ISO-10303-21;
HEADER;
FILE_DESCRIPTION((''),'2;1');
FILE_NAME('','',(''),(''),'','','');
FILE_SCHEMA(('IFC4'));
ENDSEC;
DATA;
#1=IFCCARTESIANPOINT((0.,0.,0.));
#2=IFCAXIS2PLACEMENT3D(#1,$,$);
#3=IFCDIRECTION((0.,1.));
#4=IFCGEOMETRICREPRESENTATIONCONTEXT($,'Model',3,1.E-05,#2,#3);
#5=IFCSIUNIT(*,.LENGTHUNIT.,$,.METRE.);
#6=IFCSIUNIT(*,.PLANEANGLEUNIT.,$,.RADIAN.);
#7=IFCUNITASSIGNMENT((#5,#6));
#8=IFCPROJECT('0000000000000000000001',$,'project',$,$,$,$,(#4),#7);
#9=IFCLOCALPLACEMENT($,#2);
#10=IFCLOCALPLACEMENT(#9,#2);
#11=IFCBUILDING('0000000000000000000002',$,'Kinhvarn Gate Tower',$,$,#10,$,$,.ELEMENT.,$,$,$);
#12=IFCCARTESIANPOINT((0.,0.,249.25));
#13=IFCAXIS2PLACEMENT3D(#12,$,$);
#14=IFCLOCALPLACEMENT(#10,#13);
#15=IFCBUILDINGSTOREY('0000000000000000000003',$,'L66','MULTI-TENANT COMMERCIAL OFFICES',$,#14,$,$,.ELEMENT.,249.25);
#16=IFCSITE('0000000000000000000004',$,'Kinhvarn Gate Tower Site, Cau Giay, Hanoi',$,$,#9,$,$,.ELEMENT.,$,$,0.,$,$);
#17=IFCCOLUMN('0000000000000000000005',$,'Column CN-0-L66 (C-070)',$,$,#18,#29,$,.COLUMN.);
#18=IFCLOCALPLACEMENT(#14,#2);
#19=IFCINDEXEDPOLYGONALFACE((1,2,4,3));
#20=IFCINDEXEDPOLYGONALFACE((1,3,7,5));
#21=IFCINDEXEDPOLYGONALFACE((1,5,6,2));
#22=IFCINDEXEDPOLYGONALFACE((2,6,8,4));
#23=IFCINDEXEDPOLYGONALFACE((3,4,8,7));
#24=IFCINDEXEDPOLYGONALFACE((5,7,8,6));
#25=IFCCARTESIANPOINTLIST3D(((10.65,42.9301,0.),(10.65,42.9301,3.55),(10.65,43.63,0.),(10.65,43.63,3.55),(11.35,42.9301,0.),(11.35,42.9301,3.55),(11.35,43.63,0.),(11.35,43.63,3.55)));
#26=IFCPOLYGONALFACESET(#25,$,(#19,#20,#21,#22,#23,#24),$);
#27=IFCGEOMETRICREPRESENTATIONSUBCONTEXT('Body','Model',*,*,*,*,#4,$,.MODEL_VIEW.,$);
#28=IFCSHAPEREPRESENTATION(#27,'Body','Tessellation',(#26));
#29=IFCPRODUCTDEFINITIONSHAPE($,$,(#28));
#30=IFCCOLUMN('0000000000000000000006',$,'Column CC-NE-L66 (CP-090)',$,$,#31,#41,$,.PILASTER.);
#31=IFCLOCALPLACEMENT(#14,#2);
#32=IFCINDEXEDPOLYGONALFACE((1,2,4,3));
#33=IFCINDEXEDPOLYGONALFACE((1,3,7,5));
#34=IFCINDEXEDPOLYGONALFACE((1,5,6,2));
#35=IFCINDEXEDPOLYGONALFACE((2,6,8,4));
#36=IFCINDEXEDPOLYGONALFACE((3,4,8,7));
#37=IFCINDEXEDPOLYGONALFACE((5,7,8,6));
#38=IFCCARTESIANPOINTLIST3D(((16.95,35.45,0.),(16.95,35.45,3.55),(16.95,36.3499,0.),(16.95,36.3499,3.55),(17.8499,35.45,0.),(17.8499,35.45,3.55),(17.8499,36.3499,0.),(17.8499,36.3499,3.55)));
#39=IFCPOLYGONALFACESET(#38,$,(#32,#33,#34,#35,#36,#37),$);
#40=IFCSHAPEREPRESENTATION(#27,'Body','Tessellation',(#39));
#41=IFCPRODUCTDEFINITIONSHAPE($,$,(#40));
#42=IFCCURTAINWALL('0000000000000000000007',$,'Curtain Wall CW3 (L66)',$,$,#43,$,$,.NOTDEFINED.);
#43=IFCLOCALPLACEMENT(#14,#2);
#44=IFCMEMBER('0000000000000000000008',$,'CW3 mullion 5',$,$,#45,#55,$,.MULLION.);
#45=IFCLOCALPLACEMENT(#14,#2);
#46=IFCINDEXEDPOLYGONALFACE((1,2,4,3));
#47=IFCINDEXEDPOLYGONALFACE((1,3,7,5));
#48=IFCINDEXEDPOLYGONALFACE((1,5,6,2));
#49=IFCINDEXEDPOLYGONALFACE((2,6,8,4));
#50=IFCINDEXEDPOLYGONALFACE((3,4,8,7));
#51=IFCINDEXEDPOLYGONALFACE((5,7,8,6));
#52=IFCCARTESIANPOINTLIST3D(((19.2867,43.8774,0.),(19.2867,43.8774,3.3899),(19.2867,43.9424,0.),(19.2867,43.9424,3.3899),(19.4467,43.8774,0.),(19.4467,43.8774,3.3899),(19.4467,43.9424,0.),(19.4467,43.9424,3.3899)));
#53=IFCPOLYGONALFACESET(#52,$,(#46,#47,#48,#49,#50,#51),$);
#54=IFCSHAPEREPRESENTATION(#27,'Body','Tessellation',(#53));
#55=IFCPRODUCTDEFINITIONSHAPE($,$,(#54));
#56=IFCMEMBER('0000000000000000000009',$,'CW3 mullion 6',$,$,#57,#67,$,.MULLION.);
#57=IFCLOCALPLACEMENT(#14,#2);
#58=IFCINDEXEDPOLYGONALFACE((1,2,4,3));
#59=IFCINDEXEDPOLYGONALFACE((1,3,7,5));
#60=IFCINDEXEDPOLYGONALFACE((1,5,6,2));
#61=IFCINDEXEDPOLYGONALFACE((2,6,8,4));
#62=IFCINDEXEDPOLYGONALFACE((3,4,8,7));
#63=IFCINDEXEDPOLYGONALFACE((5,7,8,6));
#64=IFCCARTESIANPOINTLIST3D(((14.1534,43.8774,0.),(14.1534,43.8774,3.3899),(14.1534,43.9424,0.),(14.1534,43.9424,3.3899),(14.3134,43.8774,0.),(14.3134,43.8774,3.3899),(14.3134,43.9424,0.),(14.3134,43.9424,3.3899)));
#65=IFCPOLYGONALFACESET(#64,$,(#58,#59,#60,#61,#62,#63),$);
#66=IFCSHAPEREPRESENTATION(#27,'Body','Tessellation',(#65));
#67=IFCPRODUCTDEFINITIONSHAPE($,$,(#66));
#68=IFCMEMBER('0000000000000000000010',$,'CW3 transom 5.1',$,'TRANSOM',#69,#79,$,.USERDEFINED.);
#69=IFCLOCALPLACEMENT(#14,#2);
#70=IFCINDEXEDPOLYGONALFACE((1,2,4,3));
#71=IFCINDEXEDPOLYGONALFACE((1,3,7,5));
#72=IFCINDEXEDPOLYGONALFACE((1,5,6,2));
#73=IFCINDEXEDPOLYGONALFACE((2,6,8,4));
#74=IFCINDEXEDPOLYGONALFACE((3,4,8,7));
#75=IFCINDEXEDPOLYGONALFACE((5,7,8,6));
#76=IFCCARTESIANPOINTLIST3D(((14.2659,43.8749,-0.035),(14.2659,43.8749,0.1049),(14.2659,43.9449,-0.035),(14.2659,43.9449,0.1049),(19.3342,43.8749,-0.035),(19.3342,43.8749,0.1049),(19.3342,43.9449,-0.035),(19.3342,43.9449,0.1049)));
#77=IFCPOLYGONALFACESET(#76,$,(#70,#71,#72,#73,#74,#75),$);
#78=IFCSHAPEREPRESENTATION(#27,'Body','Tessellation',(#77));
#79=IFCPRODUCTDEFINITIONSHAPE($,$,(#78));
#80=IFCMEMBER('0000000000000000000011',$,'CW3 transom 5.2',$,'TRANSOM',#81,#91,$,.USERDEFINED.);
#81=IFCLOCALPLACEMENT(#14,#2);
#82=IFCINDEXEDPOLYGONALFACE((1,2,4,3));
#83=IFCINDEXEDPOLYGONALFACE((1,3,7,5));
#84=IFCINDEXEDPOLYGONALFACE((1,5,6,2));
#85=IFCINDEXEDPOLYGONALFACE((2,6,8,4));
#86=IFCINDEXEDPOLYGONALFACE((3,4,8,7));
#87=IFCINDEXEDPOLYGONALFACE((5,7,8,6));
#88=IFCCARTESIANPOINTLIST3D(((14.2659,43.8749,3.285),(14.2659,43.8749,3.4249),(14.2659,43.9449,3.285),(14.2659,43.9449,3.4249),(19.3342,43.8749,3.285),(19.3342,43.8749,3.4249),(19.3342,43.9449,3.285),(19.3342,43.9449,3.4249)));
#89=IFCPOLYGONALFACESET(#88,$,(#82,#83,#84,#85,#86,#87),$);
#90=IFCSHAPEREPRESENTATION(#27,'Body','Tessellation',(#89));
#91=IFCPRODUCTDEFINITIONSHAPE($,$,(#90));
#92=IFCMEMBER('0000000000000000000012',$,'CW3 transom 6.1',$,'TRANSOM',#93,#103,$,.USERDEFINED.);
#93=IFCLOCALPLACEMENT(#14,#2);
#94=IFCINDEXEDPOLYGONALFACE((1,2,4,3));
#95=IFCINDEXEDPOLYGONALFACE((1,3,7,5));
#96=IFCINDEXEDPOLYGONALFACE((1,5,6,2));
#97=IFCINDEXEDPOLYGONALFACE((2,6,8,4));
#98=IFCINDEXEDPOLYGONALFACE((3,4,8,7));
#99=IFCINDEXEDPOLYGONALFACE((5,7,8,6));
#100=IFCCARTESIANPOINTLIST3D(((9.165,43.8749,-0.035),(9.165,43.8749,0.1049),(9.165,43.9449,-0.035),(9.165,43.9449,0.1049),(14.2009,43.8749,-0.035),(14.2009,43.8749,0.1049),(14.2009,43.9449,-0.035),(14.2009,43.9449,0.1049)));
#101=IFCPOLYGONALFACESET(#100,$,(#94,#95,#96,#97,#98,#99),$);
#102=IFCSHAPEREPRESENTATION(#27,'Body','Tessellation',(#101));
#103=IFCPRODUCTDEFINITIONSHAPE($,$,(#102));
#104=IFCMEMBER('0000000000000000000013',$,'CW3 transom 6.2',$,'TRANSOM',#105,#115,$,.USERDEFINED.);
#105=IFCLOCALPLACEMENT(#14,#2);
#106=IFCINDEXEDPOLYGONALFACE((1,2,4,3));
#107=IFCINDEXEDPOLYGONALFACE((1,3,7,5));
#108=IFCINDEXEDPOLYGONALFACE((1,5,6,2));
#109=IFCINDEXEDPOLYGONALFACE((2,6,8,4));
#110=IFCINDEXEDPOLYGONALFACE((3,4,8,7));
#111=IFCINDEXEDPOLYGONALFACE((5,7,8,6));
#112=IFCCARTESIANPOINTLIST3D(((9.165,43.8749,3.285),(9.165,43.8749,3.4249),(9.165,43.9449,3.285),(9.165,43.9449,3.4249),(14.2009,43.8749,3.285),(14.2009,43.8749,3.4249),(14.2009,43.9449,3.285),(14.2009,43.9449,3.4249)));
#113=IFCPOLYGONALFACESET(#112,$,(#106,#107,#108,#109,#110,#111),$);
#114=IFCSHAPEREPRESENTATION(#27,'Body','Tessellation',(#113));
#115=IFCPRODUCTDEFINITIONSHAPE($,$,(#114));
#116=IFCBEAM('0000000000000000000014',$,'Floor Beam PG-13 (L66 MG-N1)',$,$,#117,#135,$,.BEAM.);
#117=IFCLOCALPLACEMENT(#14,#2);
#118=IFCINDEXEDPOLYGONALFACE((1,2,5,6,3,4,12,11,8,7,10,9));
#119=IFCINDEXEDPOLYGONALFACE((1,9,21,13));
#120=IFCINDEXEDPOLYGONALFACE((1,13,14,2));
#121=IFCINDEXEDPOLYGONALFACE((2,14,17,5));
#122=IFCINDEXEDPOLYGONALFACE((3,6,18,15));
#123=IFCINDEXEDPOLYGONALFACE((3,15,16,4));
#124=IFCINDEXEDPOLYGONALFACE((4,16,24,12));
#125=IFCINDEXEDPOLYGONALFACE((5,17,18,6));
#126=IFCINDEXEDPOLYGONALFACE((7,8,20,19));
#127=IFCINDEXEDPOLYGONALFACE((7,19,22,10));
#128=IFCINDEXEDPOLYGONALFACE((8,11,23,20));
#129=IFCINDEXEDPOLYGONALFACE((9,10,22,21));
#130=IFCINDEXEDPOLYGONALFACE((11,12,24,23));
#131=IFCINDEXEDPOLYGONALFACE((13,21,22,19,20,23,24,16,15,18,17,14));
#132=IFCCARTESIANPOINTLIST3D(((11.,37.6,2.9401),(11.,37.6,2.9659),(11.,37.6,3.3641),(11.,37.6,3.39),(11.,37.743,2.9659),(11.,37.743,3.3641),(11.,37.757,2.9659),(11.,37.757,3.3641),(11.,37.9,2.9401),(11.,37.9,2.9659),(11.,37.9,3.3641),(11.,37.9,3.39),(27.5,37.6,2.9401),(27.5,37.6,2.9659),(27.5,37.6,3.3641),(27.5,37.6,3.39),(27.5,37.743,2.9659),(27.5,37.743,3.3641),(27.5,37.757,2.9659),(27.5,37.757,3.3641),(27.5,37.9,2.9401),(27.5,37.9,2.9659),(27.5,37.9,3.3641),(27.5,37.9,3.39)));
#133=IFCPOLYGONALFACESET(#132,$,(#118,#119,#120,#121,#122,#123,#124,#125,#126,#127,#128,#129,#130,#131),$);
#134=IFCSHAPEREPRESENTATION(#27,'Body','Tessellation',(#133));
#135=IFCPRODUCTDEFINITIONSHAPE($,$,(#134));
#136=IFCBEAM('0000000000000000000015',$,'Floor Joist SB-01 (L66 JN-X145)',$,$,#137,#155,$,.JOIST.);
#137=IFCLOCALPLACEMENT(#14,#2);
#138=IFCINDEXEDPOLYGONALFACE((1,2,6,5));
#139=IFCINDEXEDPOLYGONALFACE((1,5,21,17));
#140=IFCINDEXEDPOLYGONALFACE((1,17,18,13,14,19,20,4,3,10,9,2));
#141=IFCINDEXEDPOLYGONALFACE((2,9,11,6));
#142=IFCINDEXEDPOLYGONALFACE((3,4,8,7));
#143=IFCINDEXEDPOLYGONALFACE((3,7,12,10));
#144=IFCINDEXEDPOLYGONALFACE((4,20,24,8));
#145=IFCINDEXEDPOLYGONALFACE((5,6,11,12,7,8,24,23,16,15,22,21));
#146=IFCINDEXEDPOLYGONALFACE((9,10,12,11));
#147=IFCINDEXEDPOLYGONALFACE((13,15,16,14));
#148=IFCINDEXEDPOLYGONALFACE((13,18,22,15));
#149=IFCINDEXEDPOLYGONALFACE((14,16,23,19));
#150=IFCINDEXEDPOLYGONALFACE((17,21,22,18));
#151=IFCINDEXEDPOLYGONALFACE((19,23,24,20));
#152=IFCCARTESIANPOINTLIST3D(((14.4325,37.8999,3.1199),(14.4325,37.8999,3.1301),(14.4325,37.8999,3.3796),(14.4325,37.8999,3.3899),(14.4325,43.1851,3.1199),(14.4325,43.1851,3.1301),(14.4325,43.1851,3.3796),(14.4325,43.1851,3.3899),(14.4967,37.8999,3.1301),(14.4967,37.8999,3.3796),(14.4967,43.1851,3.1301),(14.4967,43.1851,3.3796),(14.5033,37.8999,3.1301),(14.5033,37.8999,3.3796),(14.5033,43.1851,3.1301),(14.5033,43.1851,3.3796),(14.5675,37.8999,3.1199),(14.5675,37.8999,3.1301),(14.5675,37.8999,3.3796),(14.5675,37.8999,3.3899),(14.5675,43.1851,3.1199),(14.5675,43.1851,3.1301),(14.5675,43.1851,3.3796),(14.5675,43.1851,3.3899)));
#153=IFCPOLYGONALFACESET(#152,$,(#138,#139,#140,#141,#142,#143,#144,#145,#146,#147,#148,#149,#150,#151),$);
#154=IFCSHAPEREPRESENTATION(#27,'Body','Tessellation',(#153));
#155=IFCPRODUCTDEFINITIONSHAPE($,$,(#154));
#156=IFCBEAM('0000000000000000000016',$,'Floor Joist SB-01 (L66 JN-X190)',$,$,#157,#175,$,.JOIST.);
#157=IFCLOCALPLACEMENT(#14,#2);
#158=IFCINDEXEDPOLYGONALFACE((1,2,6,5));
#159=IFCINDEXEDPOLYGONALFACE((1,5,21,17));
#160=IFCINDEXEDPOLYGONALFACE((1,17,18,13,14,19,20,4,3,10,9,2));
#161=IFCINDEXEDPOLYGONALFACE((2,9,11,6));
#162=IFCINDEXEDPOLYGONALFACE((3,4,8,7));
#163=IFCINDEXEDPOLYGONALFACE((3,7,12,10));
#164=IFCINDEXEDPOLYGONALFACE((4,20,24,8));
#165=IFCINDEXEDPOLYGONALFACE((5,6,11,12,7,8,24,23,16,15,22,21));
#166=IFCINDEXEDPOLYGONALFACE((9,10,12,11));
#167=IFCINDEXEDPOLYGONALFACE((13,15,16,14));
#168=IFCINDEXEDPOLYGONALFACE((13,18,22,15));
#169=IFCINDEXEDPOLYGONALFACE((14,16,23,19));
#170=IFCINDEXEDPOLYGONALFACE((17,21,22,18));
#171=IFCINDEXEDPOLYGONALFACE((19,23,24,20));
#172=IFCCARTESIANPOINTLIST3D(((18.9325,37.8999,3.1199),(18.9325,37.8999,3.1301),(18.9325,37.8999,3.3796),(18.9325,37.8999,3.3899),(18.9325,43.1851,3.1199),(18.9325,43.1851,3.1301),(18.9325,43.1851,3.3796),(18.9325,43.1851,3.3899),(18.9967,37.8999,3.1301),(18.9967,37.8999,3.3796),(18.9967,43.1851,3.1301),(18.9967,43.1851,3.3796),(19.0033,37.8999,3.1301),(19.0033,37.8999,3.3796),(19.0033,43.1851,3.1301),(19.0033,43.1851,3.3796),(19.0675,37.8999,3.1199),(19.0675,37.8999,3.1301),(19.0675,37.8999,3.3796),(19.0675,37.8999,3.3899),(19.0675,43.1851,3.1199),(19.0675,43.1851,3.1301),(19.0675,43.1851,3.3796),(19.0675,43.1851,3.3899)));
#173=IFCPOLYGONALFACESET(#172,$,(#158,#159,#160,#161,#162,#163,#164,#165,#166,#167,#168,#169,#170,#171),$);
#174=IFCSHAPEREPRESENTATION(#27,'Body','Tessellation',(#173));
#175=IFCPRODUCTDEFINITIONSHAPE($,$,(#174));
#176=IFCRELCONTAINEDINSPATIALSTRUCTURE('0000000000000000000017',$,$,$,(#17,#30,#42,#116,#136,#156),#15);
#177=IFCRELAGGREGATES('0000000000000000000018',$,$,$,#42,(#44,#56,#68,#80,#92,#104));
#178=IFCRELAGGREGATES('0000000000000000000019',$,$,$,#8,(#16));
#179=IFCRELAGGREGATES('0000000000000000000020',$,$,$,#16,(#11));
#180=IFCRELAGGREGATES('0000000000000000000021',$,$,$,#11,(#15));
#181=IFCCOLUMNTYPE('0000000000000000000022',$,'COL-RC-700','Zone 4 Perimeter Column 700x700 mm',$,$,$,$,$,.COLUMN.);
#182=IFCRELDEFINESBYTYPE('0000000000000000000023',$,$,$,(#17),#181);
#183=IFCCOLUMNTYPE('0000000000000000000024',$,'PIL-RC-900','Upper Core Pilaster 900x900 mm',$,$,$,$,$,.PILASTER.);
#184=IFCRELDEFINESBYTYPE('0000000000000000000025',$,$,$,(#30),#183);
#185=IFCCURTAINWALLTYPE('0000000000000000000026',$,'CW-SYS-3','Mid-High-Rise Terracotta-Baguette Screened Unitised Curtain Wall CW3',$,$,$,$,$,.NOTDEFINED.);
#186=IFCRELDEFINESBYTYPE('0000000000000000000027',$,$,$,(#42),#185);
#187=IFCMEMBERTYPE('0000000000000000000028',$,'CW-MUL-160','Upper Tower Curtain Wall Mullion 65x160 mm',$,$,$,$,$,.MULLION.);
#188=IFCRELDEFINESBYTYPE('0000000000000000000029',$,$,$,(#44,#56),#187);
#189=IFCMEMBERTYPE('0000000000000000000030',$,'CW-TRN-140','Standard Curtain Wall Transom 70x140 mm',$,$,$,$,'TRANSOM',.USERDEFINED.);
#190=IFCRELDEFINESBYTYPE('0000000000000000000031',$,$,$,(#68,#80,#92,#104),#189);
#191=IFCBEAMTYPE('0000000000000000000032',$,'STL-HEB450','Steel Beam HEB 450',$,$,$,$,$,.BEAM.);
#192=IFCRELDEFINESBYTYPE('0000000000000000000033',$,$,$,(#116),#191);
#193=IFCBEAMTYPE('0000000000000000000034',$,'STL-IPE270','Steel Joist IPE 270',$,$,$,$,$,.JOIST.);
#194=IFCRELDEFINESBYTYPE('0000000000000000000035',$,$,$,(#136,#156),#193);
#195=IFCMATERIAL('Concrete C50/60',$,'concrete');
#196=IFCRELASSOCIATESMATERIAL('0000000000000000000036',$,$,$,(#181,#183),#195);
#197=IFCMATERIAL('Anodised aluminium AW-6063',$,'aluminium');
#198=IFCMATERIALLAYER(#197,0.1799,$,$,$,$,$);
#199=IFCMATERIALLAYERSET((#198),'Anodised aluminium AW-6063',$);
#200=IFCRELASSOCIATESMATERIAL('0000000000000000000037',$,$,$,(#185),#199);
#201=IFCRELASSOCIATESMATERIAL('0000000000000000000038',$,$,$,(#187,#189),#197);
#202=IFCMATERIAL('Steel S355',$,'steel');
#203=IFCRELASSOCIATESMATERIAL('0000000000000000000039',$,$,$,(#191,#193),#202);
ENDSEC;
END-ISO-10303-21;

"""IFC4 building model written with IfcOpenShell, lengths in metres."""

from ifc_helpers import new_model, si_unit, direction, frame, origin, origin_2d, place, context, subcontext, project, spatial, rectangle, i_section, extrude, material, layer, layer_set, material_profile, profile_set, type_object, element, aggregate, save


model = new_model("IFC4")

# Units and contexts
model_context = context("Model", 3, precision=1e-05, world=origin(), true_north=direction((0.0, 1.0)))
body_context = subcontext(model_context, "Body", "Model", "MODEL_VIEW")
ifc_project = project(units=[si_unit("LENGTHUNIT", "METRE"), si_unit("PLANEANGLEUNIT", "RADIAN")], contexts=[model_context])

# Site, building, storey
site_placement = place(None, origin())
site = spatial("IfcSite", under=ifc_project, at=site_placement, Name="Kinhvarn Gate Tower Site, Cau Giay, Hanoi", CompositionType="ELEMENT", RefElevation=0.0)
building_placement = place(site_placement, origin())
building = spatial("IfcBuilding", under=site, at=building_placement, Name="Kinhvarn Gate Tower", CompositionType="ELEMENT")
storey_placement = place(building_placement, frame((0.0, 0.0, 249.25)))
storey = spatial("IfcBuildingStorey", under=building, at=storey_placement, Name="L66", Description="MULTI-TENANT COMMERCIAL OFFICES", CompositionType="ELEMENT", Elevation=249.25)

# Columns
ifc_material_1 = material(Name="Concrete C50/60", Category="concrete")
ifc_material_profile_1 = material_profile(ifc_material_1, rectangle(XDim=0.7, YDim=0.7, at=origin_2d()), Name="RC 700x700")
ifc_profile_set_1 = profile_set([ifc_material_profile_1], Name="Concrete C50/60")
column_type_1 = type_object("IfcColumnType", Name="COL-RC-700", Description="Zone 4 Perimeter Column 700x700 mm", PredefinedType="COLUMN", material=ifc_profile_set_1)
column_1_placement = place(storey_placement, frame((11.0, 43.28, 0.0), z_axis=(0.0, 0.0, 1.0), x_axis=(1.0, 0.0, 0.0)))
element("IfcColumn", 1, at=column_1_placement, inside=storey, type_object=column_type_1, Name="Column CN-0-L66 (C-070)", PredefinedType="COLUMN", context=body_context, shape_type="SweptSolid", body=[
    extrude(rectangle(XDim=0.7, YDim=0.7, at=origin_2d()), origin(), (0.0, 0.0, 1.0), 3.55),
])
ifc_material_profile_2 = material_profile(ifc_material_1, rectangle(XDim=0.8999, YDim=0.8999, at=origin_2d()), Name="RC 900x900")
ifc_profile_set_2 = profile_set([ifc_material_profile_2], Name="Concrete C50/60")
column_type_2 = type_object("IfcColumnType", Name="PIL-RC-900", Description="Upper Core Pilaster 900x900 mm", PredefinedType="PILASTER", material=ifc_profile_set_2)
column_2_placement = place(storey_placement, frame((17.3999, 35.8999, 0.0), z_axis=(0.0, 0.0, 1.0), x_axis=(1.0, 0.0, 0.0)))
element("IfcColumn", 2, at=column_2_placement, inside=storey, type_object=column_type_2, Name="Column CC-NE-L66 (CP-090)", PredefinedType="PILASTER", context=body_context, shape_type="SweptSolid", body=[
    extrude(rectangle(XDim=0.8999, YDim=0.8999, at=origin_2d()), origin(), (0.0, 0.0, 1.0), 3.55),
])

# Curtain wall, members
ifc_material_2 = material(Name="Anodised aluminium AW-6063", Category="aluminium")
ifc_layer_1 = layer(ifc_material_2, 0.1799)
ifc_layer_set_1 = layer_set([ifc_layer_1], Name="Anodised aluminium AW-6063")
curtain_wall_type = type_object("IfcCurtainWallType", Name="CW-SYS-3", Description="Mid-High-Rise Terracotta-Baguette Screened Unitised Curtain Wall CW3", PredefinedType="NOTDEFINED", material=ifc_layer_set_1)
curtain_wall_placement = place(storey_placement, origin())
curtain_wall = element("IfcCurtainWall", 3, at=curtain_wall_placement, inside=storey, type_object=curtain_wall_type, Name="Curtain Wall CW3 (L66)", PredefinedType="NOTDEFINED")
ifc_material_profile_3 = material_profile(ifc_material_2, rectangle(XDim=0.0649, YDim=0.1599, at=origin_2d()), Name="ALU 65x160")
ifc_profile_set_3 = profile_set([ifc_material_profile_3], Name="Anodised aluminium AW-6063")
member_type_1 = type_object("IfcMemberType", Name="CW-MUL-160", Description="Upper Tower Curtain Wall Mullion 65x160 mm", PredefinedType="MULLION", material=ifc_profile_set_3)
member_1_placement = place(storey_placement, frame((19.3667, 43.9099, 0.0), z_axis=(0.0, 0.0, 1.0), x_axis=(0.0, -1.0, 0.0)))
member_1 = element("IfcMember", 4, at=member_1_placement, type_object=member_type_1, Name="CW3 mullion 5", PredefinedType="MULLION", context=body_context, shape_type="SweptSolid", body=[
    extrude(rectangle(XDim=0.0649, YDim=0.1599, at=origin_2d()), origin(), (0.0, 0.0, 1.0), 3.3899),
])
member_2_placement = place(storey_placement, frame((14.2334, 43.9099, 0.0), z_axis=(0.0, 0.0, 1.0), x_axis=(0.0, -1.0, 0.0)))
member_2 = element("IfcMember", 5, at=member_2_placement, type_object=member_type_1, Name="CW3 mullion 6", PredefinedType="MULLION", context=body_context, shape_type="SweptSolid", body=[
    extrude(rectangle(XDim=0.0649, YDim=0.1599, at=origin_2d()), origin(), (0.0, 0.0, 1.0), 3.3899),
])
ifc_material_profile_4 = material_profile(ifc_material_2, rectangle(XDim=0.0701, YDim=0.1399, at=origin_2d()), Name="ALU 70x140")
ifc_profile_set_4 = profile_set([ifc_material_profile_4], Name="Anodised aluminium AW-6063")
member_type_2 = type_object("IfcMemberType", Name="CW-TRN-140", Description="Standard Curtain Wall Transom 70x140 mm", ElementType="TRANSOM", PredefinedType="USERDEFINED", material=ifc_profile_set_4)
member_3_placement = place(storey_placement, frame((19.3342, 43.9099, 0.0349), z_axis=(-1.0, 0.0, 0.0), x_axis=(0.0, -1.0, 0.0)))
member_3 = element("IfcMember", 6, at=member_3_placement, type_object=member_type_2, Name="CW3 transom 5.1", ObjectType="TRANSOM", PredefinedType="USERDEFINED", context=body_context, shape_type="SweptSolid", body=[
    extrude(rectangle(XDim=0.0701, YDim=0.1399, at=origin_2d()), origin(), (0.0, 0.0, 1.0), 5.0684),
])
member_4_placement = place(storey_placement, frame((19.3342, 43.9099, 3.355), z_axis=(-1.0, 0.0, 0.0), x_axis=(0.0, -1.0, 0.0)))
member_4 = element("IfcMember", 7, at=member_4_placement, type_object=member_type_2, Name="CW3 transom 5.2", ObjectType="TRANSOM", PredefinedType="USERDEFINED", context=body_context, shape_type="SweptSolid", body=[
    extrude(rectangle(XDim=0.0701, YDim=0.1399, at=origin_2d()), origin(), (0.0, 0.0, 1.0), 5.0684),
])
member_5_placement = place(storey_placement, frame((14.2009, 43.9099, 0.0349), z_axis=(-1.0, 0.0, 0.0), x_axis=(0.0, -1.0, 0.0)))
member_5 = element("IfcMember", 8, at=member_5_placement, type_object=member_type_2, Name="CW3 transom 6.1", ObjectType="TRANSOM", PredefinedType="USERDEFINED", context=body_context, shape_type="SweptSolid", body=[
    extrude(rectangle(XDim=0.0701, YDim=0.1399, at=origin_2d()), origin(), (0.0, 0.0, 1.0), 5.0359),
])
member_6_placement = place(storey_placement, frame((14.2009, 43.9099, 3.355), z_axis=(-1.0, 0.0, 0.0), x_axis=(0.0, -1.0, 0.0)))
member_6 = element("IfcMember", 9, at=member_6_placement, type_object=member_type_2, Name="CW3 transom 6.2", ObjectType="TRANSOM", PredefinedType="USERDEFINED", context=body_context, shape_type="SweptSolid", body=[
    extrude(rectangle(XDim=0.0701, YDim=0.1399, at=origin_2d()), origin(), (0.0, 0.0, 1.0), 5.0359),
])

# Beams
ifc_material_3 = material(Name="Steel S355", Category="steel")
ifc_material_profile_5 = material_profile(ifc_material_3, i_section(OverallWidth=0.3, OverallDepth=0.45, WebThickness=0.0139, FlangeThickness=0.0259, at=origin_2d()), Name="HEB 450")
ifc_profile_set_5 = profile_set([ifc_material_profile_5], Name="Steel S355")
beam_type_1 = type_object("IfcBeamType", Name="STL-HEB450", Description="Steel Beam HEB 450", PredefinedType="BEAM", material=ifc_profile_set_5)
beam_1_placement = place(storey_placement, frame((11.0, 37.75, 3.165), z_axis=(1.0, 0.0, 0.0), x_axis=(0.0, 1.0, 0.0)))
element("IfcBeam", 10, at=beam_1_placement, inside=storey, type_object=beam_type_1, Name="Floor Beam PG-13 (L66 MG-N1)", PredefinedType="BEAM", context=body_context, shape_type="SweptSolid", body=[
    extrude(i_section(OverallWidth=0.3, OverallDepth=0.45, WebThickness=0.0139, FlangeThickness=0.0259, at=origin_2d()), origin(), (0.0, 0.0, 1.0), 16.5),
])
ifc_material_profile_6 = material_profile(ifc_material_3, i_section(OverallWidth=0.135, OverallDepth=0.27, WebThickness=0.0066, FlangeThickness=0.0103, at=origin_2d()), Name="IPE 270")
ifc_profile_set_6 = profile_set([ifc_material_profile_6], Name="Steel S355")
beam_type_2 = type_object("IfcBeamType", Name="STL-IPE270", Description="Steel Joist IPE 270", PredefinedType="JOIST", material=ifc_profile_set_6)
for number, where, z_axis, x_axis, name in (
    (11, (14.5, 37.8999, 3.2549), (0.0, 1.0, 0.0), (-1.0, 0.0, 0.0), "Floor Joist SB-01 (L66 JN-X145)"),
    (12, (19.0, 37.8999, 3.2549), (0.0, 1.0, 0.0), (-1.0, 0.0, 0.0), "Floor Joist SB-01 (L66 JN-X190)"),
):
    element("IfcBeam", number, at=place(storey_placement, frame(where, z_axis=z_axis, x_axis=x_axis)), inside=storey, type_object=beam_type_2, Name=name, PredefinedType="JOIST", context=body_context, shape_type="SweptSolid", body=[
        extrude(i_section(OverallWidth=0.135, OverallDepth=0.27, WebThickness=0.0066, FlangeThickness=0.0103, at=origin_2d()), origin(), (0.0, 0.0, 1.0), 5.2852),
    ])

aggregate(curtain_wall, [member_1, member_2, member_3, member_4, member_5, member_6])

save(model, "model.ifc")
